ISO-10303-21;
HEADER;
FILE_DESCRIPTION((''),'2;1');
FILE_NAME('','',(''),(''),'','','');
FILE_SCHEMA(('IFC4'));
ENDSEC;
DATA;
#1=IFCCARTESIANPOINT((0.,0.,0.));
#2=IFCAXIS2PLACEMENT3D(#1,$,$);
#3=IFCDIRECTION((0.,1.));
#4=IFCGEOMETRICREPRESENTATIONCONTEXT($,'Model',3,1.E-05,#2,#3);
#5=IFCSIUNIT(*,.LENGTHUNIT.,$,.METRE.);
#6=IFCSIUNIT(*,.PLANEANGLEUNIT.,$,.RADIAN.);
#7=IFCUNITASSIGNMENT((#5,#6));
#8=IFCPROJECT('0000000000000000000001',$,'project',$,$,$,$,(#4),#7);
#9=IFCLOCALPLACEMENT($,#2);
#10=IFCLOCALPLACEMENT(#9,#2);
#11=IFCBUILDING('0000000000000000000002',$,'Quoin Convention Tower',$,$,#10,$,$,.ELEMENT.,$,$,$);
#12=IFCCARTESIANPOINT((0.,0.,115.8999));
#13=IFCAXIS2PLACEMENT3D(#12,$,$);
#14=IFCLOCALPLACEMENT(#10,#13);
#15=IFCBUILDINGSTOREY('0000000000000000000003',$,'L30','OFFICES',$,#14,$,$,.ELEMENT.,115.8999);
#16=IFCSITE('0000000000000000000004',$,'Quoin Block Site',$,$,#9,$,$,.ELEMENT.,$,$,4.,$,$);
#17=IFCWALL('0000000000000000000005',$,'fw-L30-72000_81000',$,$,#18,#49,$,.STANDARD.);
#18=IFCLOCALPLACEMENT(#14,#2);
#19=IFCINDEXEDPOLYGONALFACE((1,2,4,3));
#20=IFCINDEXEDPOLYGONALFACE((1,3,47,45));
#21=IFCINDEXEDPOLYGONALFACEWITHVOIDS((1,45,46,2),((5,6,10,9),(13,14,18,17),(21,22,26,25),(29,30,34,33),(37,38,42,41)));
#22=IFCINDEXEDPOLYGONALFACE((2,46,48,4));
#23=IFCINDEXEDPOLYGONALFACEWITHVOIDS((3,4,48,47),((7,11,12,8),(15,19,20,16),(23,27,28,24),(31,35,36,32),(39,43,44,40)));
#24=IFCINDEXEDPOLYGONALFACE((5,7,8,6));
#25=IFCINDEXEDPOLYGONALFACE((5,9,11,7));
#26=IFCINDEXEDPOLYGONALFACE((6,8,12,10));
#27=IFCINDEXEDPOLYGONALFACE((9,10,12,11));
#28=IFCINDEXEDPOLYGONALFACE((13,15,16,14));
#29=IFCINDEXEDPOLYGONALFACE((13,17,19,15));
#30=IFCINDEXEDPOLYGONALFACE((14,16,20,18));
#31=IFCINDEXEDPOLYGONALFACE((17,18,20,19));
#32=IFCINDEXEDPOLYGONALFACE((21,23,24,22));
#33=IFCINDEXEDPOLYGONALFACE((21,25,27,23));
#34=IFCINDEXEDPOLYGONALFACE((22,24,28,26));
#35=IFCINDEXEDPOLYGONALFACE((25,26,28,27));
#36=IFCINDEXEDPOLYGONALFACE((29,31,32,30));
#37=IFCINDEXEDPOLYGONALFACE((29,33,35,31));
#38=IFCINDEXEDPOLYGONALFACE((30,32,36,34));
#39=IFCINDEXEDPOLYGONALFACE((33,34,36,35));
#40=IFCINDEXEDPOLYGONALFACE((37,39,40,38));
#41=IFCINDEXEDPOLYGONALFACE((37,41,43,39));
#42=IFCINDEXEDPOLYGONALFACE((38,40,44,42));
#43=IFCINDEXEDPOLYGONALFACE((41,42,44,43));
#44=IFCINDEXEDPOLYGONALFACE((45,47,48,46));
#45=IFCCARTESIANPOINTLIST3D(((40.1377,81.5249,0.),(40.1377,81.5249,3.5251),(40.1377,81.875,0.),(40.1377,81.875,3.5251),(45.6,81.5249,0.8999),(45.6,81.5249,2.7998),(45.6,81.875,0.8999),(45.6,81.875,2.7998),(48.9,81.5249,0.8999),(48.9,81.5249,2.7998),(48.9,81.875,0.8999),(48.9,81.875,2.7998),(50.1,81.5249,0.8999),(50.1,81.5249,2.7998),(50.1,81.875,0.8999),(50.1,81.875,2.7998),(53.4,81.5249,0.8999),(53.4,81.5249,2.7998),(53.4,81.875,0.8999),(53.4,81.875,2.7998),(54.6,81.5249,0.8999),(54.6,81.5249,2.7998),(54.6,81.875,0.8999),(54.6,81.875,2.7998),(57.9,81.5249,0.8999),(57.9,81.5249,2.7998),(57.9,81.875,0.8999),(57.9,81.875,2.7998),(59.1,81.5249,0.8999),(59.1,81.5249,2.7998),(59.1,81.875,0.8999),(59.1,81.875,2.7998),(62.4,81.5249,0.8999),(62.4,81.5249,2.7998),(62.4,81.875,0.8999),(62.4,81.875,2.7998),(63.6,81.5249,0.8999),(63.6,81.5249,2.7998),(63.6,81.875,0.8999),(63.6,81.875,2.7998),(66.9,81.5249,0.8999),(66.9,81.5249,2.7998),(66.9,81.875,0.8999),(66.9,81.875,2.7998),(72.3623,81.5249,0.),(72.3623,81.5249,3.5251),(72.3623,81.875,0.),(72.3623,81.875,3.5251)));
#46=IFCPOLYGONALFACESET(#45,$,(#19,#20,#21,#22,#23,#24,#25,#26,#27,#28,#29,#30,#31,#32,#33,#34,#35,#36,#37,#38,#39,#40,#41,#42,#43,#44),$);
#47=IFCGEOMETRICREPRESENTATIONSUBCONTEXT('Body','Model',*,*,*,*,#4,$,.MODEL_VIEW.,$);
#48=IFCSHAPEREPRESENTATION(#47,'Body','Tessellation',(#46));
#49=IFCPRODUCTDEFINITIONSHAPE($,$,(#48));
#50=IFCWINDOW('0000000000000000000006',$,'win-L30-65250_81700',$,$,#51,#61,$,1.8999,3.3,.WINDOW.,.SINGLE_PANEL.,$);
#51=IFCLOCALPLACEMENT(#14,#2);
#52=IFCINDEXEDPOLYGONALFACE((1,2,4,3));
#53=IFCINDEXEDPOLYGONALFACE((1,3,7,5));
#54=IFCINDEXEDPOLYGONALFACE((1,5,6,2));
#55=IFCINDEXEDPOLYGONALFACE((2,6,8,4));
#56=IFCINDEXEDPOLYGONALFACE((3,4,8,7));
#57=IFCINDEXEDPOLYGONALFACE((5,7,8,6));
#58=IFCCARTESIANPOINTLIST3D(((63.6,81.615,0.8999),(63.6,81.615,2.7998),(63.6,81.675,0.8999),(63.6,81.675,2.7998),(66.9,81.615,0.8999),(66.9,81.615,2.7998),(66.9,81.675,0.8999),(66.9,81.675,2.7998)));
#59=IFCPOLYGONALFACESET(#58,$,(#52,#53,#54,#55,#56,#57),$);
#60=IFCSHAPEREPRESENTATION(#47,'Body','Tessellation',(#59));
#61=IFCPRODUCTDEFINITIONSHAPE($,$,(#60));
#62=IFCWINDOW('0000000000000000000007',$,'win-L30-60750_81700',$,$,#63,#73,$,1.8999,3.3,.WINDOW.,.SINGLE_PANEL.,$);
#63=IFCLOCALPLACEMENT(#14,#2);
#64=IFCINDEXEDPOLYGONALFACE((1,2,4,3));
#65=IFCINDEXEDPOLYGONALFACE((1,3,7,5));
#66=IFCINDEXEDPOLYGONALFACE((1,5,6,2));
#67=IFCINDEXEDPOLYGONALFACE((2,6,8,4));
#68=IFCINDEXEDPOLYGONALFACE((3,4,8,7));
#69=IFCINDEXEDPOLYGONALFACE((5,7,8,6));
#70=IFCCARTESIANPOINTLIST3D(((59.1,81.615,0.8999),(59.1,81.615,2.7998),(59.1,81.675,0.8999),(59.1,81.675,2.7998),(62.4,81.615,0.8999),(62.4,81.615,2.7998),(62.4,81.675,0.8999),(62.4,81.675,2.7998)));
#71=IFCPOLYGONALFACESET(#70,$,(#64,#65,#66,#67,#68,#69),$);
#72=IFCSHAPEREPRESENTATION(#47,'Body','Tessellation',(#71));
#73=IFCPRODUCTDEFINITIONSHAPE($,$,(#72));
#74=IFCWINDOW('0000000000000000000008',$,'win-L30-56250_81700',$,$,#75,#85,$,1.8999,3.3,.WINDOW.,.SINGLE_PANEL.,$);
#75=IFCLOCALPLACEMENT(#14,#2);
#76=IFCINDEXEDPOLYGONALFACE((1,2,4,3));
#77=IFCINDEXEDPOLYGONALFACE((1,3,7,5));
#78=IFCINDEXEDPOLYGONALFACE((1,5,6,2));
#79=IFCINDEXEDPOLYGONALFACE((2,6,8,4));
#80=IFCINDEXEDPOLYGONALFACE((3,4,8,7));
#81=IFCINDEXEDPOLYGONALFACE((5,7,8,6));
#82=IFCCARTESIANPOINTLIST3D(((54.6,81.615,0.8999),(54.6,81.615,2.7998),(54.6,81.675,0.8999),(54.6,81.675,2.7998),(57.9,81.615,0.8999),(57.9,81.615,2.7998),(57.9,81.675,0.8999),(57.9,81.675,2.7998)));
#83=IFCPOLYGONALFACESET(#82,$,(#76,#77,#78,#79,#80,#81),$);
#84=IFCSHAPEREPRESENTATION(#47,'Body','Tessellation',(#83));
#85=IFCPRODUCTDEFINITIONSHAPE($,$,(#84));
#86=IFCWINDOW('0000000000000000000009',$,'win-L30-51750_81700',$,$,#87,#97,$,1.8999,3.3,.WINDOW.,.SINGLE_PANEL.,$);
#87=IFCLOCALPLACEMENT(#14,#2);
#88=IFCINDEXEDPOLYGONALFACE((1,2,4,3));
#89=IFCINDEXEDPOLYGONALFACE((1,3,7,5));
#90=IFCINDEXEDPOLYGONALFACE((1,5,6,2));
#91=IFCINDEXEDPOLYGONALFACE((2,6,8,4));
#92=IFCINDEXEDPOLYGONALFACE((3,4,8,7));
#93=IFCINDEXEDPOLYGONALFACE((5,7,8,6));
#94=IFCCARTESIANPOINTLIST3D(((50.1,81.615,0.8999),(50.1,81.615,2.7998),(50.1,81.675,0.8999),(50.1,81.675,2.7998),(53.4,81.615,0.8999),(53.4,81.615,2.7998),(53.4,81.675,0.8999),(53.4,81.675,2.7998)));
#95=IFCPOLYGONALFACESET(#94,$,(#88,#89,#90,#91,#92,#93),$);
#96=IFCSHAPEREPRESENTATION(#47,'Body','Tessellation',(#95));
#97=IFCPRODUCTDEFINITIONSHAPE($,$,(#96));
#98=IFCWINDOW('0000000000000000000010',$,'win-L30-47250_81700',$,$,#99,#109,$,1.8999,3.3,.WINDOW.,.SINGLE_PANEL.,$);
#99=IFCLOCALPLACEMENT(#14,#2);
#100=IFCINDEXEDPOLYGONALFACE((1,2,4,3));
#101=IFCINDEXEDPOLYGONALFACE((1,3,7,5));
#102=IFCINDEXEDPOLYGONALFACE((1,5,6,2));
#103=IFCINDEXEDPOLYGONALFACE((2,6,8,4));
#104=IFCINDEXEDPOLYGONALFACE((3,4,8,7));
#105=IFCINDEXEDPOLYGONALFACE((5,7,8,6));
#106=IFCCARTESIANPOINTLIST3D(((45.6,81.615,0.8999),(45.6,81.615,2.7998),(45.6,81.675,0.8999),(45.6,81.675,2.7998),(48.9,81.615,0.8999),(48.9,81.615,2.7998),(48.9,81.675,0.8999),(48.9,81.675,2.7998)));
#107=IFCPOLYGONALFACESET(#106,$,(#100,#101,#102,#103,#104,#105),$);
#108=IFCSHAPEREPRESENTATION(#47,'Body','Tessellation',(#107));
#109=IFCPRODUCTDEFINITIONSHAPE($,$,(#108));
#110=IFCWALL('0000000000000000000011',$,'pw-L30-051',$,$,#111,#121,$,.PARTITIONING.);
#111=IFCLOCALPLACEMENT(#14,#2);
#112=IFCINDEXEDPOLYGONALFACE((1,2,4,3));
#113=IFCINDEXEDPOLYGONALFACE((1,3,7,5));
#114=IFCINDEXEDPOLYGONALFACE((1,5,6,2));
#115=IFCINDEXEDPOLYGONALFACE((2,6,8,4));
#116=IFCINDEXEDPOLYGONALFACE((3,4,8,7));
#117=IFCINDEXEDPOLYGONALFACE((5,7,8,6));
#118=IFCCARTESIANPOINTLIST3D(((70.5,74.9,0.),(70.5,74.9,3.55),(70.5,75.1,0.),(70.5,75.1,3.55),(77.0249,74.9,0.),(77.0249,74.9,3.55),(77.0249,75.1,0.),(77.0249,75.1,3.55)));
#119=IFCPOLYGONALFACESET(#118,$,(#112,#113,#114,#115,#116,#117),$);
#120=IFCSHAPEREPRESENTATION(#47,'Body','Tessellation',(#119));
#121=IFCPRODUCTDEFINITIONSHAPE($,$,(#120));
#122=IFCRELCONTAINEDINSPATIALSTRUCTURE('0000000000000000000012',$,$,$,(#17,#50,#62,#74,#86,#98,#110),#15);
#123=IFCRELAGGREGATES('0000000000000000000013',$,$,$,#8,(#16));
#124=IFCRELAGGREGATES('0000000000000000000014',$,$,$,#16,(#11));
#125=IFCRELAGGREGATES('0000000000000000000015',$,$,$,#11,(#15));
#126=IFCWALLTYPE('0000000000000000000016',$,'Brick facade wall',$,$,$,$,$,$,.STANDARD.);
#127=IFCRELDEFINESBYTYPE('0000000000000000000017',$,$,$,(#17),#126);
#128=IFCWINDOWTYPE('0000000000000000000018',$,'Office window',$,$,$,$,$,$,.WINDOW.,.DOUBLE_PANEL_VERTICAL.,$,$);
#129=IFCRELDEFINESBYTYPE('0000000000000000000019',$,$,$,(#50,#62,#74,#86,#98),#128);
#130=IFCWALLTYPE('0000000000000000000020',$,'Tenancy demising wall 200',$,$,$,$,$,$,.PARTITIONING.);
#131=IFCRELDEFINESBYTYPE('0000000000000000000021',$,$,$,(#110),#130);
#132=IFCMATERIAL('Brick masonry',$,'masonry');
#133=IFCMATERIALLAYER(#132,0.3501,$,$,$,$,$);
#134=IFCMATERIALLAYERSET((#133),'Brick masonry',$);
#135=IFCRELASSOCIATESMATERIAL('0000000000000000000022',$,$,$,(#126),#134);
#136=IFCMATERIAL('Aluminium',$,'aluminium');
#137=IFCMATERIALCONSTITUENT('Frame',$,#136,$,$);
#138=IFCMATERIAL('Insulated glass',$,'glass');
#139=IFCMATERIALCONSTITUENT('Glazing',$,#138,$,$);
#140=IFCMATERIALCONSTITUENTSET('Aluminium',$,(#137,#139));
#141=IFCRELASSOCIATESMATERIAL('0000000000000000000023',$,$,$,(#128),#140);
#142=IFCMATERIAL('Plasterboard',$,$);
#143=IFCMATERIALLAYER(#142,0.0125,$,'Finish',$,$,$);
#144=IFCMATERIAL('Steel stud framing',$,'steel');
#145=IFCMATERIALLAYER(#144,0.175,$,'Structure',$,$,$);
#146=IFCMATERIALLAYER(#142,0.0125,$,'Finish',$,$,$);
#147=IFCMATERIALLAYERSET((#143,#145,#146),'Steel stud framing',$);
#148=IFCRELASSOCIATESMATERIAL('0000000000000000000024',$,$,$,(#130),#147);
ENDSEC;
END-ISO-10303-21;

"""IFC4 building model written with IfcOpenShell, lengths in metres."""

from ifc_helpers import new_model, si_unit, direction, frame, frame_2d, origin, place, context, subcontext, project, spatial, rectangle, extrude, material, layer, layer_set, constituent, constituent_set, type_object, element, fill, save


model = new_model("IFC4")

# Units and contexts
model_context = context("Model", 3, precision=1e-05, world=origin(), true_north=direction((0.0, 1.0)))
body_context = subcontext(model_context, "Body", "Model", "MODEL_VIEW")
ifc_project = project(units=[si_unit("LENGTHUNIT", "METRE"), si_unit("PLANEANGLEUNIT", "RADIAN")], contexts=[model_context])

# Site, building, storey
site_placement = place(None, origin())
site = spatial("IfcSite", under=ifc_project, at=site_placement, Name="Quoin Block Site", CompositionType="ELEMENT", RefElevation=4.0)
building_placement = place(site_placement, origin())
building = spatial("IfcBuilding", under=site, at=building_placement, Name="Quoin Convention Tower", CompositionType="ELEMENT")
storey_placement = place(building_placement, frame((0.0, 0.0, 115.8999)))
storey = spatial("IfcBuildingStorey", under=building, at=storey_placement, Name="L30", Description="OFFICES", CompositionType="ELEMENT", Elevation=115.8999)

# Shared definitions
ifc_material_1 = material(Name="Plasterboard")
ifc_material_2 = material(Name="Steel stud framing", Category="steel")

# Shared definitions
ifc_material_3 = material(Name="Brick masonry", Category="masonry")
ifc_layer_1 = layer(ifc_material_3, 0.3501)
ifc_layer_set_1 = layer_set([ifc_layer_1], Name="Brick masonry")
wall_type_1 = type_object("IfcWallType", Name="Brick facade wall", PredefinedType="STANDARD", material=ifc_layer_set_1)
ifc_material_4 = material(Name="Aluminium", Category="aluminium")
ifc_constituent_1 = constituent(ifc_material_4, Name="Frame")
ifc_material_5 = material(Name="Insulated glass", Category="glass")
ifc_constituent_2 = constituent(ifc_material_5, Name="Glazing")
ifc_constituent_set = constituent_set(constituents=[ifc_constituent_1, ifc_constituent_2], Name="Aluminium")
window_type = type_object("IfcWindowType", Name="Office window", PartitioningType="DOUBLE_PANEL_VERTICAL", PredefinedType="WINDOW", material=ifc_constituent_set)

# Wall, openings, windows
wall_1_placement = place(storey_placement, frame((72.3623, 81.7, 0.0), z_axis=(0.0, 0.0, 1.0), x_axis=(-1.0, 0.0, 0.0)))
wall_1 = element("IfcWall", 1, at=wall_1_placement, inside=storey, type_object=wall_type_1, Name="fw-L30-72000_81000", PredefinedType="STANDARD", context=body_context, shape_type="SweptSolid", body=[
    extrude(rectangle(XDim=32.2246, YDim=0.3501, at=frame_2d((16.1123, 0.0))), origin(), (0.0, 0.0, 1.0), 3.5251),
])
opening_1_placement = place(wall_1_placement, frame((5.4624, 0.0, 0.8999)))
opening_1 = element("IfcOpeningElement", 2, at=opening_1_placement, cuts=wall_1, PredefinedType="OPENING", context=body_context, shape_type="SweptSolid", body=[
    extrude(rectangle(XDim=3.3, YDim=1.8999, at=frame_2d((1.6499, 0.95))), frame((0.0, 0.1851, 0.0), z_axis=(0.0, -1.0, 0.0), x_axis=(1.0, 0.0, 0.0)), (0.0, 0.0, 1.0), 0.3701),
])
opening_2_placement = place(wall_1_placement, frame((9.9624, 0.0, 0.8999)))
opening_2 = element("IfcOpeningElement", 3, at=opening_2_placement, cuts=wall_1, PredefinedType="OPENING", context=body_context, shape_type="SweptSolid", body=[
    extrude(rectangle(XDim=3.3, YDim=1.8999, at=frame_2d((1.6499, 0.95))), frame((0.0, 0.1851, 0.0), z_axis=(0.0, -1.0, 0.0), x_axis=(1.0, 0.0, 0.0)), (0.0, 0.0, 1.0), 0.3701),
])
opening_3_placement = place(wall_1_placement, frame((14.4624, 0.0, 0.8999)))
opening_3 = element("IfcOpeningElement", 4, at=opening_3_placement, cuts=wall_1, PredefinedType="OPENING", context=body_context, shape_type="SweptSolid", body=[
    extrude(rectangle(XDim=3.3, YDim=1.8999, at=frame_2d((1.6499, 0.95))), frame((0.0, 0.1851, 0.0), z_axis=(0.0, -1.0, 0.0), x_axis=(1.0, 0.0, 0.0)), (0.0, 0.0, 1.0), 0.3701),
])
opening_4_placement = place(wall_1_placement, frame((18.9624, 0.0, 0.8999)))
opening_4 = element("IfcOpeningElement", 5, at=opening_4_placement, cuts=wall_1, PredefinedType="OPENING", context=body_context, shape_type="SweptSolid", body=[
    extrude(rectangle(XDim=3.3, YDim=1.8999, at=frame_2d((1.6499, 0.95))), frame((0.0, 0.1851, 0.0), z_axis=(0.0, -1.0, 0.0), x_axis=(1.0, 0.0, 0.0)), (0.0, 0.0, 1.0), 0.3701),
])
opening_5_placement = place(wall_1_placement, frame((23.4624, 0.0, 0.8999)))
opening_5 = element("IfcOpeningElement", 6, at=opening_5_placement, cuts=wall_1, PredefinedType="OPENING", context=body_context, shape_type="SweptSolid", body=[
    extrude(rectangle(XDim=3.3, YDim=1.8999, at=frame_2d((1.6499, 0.95))), frame((0.0, 0.1851, 0.0), z_axis=(0.0, -1.0, 0.0), x_axis=(1.0, 0.0, 0.0)), (0.0, 0.0, 1.0), 0.3701),
])
window_1_placement = place(opening_1_placement, origin())
window_1 = element("IfcWindow", 7, at=window_1_placement, inside=storey, type_object=window_type, Name="win-L30-65250_81700", OverallHeight=1.8999, OverallWidth=3.3, PartitioningType="SINGLE_PANEL", PredefinedType="WINDOW", context=body_context, shape_type="SweptSolid", body=[
    extrude(rectangle(XDim=3.3, YDim=1.8999, at=frame_2d((1.6499, 0.95))), frame((0.0, 0.085, 0.0), z_axis=(0.0, -1.0, 0.0), x_axis=(1.0, 0.0, 0.0)), (0.0, 0.0, 1.0), 0.0601),
])
fill(opening_1, window_1)
window_2_placement = place(opening_2_placement, origin())
window_2 = element("IfcWindow", 8, at=window_2_placement, inside=storey, type_object=window_type, Name="win-L30-60750_81700", OverallHeight=1.8999, OverallWidth=3.3, PartitioningType="SINGLE_PANEL", PredefinedType="WINDOW", context=body_context, shape_type="SweptSolid", body=[
    extrude(rectangle(XDim=3.3, YDim=1.8999, at=frame_2d((1.6499, 0.95))), frame((0.0, 0.085, 0.0), z_axis=(0.0, -1.0, 0.0), x_axis=(1.0, 0.0, 0.0)), (0.0, 0.0, 1.0), 0.0601),
])
fill(opening_2, window_2)
window_3_placement = place(opening_3_placement, origin())
window_3 = element("IfcWindow", 9, at=window_3_placement, inside=storey, type_object=window_type, Name="win-L30-56250_81700", OverallHeight=1.8999, OverallWidth=3.3, PartitioningType="SINGLE_PANEL", PredefinedType="WINDOW", context=body_context, shape_type="SweptSolid", body=[
    extrude(rectangle(XDim=3.3, YDim=1.8999, at=frame_2d((1.6499, 0.95))), frame((0.0, 0.085, 0.0), z_axis=(0.0, -1.0, 0.0), x_axis=(1.0, 0.0, 0.0)), (0.0, 0.0, 1.0), 0.0601),
])
fill(opening_3, window_3)
window_4_placement = place(opening_4_placement, origin())
window_4 = element("IfcWindow", 10, at=window_4_placement, inside=storey, type_object=window_type, Name="win-L30-51750_81700", OverallHeight=1.8999, OverallWidth=3.3, PartitioningType="SINGLE_PANEL", PredefinedType="WINDOW", context=body_context, shape_type="SweptSolid", body=[
    extrude(rectangle(XDim=3.3, YDim=1.8999, at=frame_2d((1.6499, 0.95))), frame((0.0, 0.085, 0.0), z_axis=(0.0, -1.0, 0.0), x_axis=(1.0, 0.0, 0.0)), (0.0, 0.0, 1.0), 0.0601),
])
fill(opening_4, window_4)
window_5_placement = place(opening_5_placement, origin())
window_5 = element("IfcWindow", 11, at=window_5_placement, inside=storey, type_object=window_type, Name="win-L30-47250_81700", OverallHeight=1.8999, OverallWidth=3.3, PartitioningType="SINGLE_PANEL", PredefinedType="WINDOW", context=body_context, shape_type="SweptSolid", body=[
    extrude(rectangle(XDim=3.3, YDim=1.8999, at=frame_2d((1.6499, 0.95))), frame((0.0, 0.085, 0.0), z_axis=(0.0, -1.0, 0.0), x_axis=(1.0, 0.0, 0.0)), (0.0, 0.0, 1.0), 0.0601),
])
fill(opening_5, window_5)

# Wall
ifc_layer_2 = layer(ifc_material_1, 0.0125, Name="Finish")
ifc_layer_3 = layer(ifc_material_2, 0.175, Name="Structure")
ifc_layer_4 = layer(ifc_material_1, 0.0125, Name="Finish")
ifc_layer_set_2 = layer_set([ifc_layer_2, ifc_layer_3, ifc_layer_4], Name="Steel stud framing")
wall_type_2 = type_object("IfcWallType", Name="Tenancy demising wall 200", PredefinedType="PARTITIONING", material=ifc_layer_set_2)
wall_2_placement = place(storey_placement, frame((70.5, 75.0, 0.0), z_axis=(0.0, 0.0, 1.0), x_axis=(1.0, 0.0, 0.0)))
element("IfcWall", 12, at=wall_2_placement, inside=storey, type_object=wall_type_2, Name="pw-L30-051", PredefinedType="PARTITIONING", context=body_context, shape_type="SweptSolid", body=[
    extrude(rectangle(XDim=6.5249, YDim=0.2, at=frame_2d((3.2625, 0.0))), origin(), (0.0, 0.0, 1.0), 3.55),
])

save(model, "model.ifc")
